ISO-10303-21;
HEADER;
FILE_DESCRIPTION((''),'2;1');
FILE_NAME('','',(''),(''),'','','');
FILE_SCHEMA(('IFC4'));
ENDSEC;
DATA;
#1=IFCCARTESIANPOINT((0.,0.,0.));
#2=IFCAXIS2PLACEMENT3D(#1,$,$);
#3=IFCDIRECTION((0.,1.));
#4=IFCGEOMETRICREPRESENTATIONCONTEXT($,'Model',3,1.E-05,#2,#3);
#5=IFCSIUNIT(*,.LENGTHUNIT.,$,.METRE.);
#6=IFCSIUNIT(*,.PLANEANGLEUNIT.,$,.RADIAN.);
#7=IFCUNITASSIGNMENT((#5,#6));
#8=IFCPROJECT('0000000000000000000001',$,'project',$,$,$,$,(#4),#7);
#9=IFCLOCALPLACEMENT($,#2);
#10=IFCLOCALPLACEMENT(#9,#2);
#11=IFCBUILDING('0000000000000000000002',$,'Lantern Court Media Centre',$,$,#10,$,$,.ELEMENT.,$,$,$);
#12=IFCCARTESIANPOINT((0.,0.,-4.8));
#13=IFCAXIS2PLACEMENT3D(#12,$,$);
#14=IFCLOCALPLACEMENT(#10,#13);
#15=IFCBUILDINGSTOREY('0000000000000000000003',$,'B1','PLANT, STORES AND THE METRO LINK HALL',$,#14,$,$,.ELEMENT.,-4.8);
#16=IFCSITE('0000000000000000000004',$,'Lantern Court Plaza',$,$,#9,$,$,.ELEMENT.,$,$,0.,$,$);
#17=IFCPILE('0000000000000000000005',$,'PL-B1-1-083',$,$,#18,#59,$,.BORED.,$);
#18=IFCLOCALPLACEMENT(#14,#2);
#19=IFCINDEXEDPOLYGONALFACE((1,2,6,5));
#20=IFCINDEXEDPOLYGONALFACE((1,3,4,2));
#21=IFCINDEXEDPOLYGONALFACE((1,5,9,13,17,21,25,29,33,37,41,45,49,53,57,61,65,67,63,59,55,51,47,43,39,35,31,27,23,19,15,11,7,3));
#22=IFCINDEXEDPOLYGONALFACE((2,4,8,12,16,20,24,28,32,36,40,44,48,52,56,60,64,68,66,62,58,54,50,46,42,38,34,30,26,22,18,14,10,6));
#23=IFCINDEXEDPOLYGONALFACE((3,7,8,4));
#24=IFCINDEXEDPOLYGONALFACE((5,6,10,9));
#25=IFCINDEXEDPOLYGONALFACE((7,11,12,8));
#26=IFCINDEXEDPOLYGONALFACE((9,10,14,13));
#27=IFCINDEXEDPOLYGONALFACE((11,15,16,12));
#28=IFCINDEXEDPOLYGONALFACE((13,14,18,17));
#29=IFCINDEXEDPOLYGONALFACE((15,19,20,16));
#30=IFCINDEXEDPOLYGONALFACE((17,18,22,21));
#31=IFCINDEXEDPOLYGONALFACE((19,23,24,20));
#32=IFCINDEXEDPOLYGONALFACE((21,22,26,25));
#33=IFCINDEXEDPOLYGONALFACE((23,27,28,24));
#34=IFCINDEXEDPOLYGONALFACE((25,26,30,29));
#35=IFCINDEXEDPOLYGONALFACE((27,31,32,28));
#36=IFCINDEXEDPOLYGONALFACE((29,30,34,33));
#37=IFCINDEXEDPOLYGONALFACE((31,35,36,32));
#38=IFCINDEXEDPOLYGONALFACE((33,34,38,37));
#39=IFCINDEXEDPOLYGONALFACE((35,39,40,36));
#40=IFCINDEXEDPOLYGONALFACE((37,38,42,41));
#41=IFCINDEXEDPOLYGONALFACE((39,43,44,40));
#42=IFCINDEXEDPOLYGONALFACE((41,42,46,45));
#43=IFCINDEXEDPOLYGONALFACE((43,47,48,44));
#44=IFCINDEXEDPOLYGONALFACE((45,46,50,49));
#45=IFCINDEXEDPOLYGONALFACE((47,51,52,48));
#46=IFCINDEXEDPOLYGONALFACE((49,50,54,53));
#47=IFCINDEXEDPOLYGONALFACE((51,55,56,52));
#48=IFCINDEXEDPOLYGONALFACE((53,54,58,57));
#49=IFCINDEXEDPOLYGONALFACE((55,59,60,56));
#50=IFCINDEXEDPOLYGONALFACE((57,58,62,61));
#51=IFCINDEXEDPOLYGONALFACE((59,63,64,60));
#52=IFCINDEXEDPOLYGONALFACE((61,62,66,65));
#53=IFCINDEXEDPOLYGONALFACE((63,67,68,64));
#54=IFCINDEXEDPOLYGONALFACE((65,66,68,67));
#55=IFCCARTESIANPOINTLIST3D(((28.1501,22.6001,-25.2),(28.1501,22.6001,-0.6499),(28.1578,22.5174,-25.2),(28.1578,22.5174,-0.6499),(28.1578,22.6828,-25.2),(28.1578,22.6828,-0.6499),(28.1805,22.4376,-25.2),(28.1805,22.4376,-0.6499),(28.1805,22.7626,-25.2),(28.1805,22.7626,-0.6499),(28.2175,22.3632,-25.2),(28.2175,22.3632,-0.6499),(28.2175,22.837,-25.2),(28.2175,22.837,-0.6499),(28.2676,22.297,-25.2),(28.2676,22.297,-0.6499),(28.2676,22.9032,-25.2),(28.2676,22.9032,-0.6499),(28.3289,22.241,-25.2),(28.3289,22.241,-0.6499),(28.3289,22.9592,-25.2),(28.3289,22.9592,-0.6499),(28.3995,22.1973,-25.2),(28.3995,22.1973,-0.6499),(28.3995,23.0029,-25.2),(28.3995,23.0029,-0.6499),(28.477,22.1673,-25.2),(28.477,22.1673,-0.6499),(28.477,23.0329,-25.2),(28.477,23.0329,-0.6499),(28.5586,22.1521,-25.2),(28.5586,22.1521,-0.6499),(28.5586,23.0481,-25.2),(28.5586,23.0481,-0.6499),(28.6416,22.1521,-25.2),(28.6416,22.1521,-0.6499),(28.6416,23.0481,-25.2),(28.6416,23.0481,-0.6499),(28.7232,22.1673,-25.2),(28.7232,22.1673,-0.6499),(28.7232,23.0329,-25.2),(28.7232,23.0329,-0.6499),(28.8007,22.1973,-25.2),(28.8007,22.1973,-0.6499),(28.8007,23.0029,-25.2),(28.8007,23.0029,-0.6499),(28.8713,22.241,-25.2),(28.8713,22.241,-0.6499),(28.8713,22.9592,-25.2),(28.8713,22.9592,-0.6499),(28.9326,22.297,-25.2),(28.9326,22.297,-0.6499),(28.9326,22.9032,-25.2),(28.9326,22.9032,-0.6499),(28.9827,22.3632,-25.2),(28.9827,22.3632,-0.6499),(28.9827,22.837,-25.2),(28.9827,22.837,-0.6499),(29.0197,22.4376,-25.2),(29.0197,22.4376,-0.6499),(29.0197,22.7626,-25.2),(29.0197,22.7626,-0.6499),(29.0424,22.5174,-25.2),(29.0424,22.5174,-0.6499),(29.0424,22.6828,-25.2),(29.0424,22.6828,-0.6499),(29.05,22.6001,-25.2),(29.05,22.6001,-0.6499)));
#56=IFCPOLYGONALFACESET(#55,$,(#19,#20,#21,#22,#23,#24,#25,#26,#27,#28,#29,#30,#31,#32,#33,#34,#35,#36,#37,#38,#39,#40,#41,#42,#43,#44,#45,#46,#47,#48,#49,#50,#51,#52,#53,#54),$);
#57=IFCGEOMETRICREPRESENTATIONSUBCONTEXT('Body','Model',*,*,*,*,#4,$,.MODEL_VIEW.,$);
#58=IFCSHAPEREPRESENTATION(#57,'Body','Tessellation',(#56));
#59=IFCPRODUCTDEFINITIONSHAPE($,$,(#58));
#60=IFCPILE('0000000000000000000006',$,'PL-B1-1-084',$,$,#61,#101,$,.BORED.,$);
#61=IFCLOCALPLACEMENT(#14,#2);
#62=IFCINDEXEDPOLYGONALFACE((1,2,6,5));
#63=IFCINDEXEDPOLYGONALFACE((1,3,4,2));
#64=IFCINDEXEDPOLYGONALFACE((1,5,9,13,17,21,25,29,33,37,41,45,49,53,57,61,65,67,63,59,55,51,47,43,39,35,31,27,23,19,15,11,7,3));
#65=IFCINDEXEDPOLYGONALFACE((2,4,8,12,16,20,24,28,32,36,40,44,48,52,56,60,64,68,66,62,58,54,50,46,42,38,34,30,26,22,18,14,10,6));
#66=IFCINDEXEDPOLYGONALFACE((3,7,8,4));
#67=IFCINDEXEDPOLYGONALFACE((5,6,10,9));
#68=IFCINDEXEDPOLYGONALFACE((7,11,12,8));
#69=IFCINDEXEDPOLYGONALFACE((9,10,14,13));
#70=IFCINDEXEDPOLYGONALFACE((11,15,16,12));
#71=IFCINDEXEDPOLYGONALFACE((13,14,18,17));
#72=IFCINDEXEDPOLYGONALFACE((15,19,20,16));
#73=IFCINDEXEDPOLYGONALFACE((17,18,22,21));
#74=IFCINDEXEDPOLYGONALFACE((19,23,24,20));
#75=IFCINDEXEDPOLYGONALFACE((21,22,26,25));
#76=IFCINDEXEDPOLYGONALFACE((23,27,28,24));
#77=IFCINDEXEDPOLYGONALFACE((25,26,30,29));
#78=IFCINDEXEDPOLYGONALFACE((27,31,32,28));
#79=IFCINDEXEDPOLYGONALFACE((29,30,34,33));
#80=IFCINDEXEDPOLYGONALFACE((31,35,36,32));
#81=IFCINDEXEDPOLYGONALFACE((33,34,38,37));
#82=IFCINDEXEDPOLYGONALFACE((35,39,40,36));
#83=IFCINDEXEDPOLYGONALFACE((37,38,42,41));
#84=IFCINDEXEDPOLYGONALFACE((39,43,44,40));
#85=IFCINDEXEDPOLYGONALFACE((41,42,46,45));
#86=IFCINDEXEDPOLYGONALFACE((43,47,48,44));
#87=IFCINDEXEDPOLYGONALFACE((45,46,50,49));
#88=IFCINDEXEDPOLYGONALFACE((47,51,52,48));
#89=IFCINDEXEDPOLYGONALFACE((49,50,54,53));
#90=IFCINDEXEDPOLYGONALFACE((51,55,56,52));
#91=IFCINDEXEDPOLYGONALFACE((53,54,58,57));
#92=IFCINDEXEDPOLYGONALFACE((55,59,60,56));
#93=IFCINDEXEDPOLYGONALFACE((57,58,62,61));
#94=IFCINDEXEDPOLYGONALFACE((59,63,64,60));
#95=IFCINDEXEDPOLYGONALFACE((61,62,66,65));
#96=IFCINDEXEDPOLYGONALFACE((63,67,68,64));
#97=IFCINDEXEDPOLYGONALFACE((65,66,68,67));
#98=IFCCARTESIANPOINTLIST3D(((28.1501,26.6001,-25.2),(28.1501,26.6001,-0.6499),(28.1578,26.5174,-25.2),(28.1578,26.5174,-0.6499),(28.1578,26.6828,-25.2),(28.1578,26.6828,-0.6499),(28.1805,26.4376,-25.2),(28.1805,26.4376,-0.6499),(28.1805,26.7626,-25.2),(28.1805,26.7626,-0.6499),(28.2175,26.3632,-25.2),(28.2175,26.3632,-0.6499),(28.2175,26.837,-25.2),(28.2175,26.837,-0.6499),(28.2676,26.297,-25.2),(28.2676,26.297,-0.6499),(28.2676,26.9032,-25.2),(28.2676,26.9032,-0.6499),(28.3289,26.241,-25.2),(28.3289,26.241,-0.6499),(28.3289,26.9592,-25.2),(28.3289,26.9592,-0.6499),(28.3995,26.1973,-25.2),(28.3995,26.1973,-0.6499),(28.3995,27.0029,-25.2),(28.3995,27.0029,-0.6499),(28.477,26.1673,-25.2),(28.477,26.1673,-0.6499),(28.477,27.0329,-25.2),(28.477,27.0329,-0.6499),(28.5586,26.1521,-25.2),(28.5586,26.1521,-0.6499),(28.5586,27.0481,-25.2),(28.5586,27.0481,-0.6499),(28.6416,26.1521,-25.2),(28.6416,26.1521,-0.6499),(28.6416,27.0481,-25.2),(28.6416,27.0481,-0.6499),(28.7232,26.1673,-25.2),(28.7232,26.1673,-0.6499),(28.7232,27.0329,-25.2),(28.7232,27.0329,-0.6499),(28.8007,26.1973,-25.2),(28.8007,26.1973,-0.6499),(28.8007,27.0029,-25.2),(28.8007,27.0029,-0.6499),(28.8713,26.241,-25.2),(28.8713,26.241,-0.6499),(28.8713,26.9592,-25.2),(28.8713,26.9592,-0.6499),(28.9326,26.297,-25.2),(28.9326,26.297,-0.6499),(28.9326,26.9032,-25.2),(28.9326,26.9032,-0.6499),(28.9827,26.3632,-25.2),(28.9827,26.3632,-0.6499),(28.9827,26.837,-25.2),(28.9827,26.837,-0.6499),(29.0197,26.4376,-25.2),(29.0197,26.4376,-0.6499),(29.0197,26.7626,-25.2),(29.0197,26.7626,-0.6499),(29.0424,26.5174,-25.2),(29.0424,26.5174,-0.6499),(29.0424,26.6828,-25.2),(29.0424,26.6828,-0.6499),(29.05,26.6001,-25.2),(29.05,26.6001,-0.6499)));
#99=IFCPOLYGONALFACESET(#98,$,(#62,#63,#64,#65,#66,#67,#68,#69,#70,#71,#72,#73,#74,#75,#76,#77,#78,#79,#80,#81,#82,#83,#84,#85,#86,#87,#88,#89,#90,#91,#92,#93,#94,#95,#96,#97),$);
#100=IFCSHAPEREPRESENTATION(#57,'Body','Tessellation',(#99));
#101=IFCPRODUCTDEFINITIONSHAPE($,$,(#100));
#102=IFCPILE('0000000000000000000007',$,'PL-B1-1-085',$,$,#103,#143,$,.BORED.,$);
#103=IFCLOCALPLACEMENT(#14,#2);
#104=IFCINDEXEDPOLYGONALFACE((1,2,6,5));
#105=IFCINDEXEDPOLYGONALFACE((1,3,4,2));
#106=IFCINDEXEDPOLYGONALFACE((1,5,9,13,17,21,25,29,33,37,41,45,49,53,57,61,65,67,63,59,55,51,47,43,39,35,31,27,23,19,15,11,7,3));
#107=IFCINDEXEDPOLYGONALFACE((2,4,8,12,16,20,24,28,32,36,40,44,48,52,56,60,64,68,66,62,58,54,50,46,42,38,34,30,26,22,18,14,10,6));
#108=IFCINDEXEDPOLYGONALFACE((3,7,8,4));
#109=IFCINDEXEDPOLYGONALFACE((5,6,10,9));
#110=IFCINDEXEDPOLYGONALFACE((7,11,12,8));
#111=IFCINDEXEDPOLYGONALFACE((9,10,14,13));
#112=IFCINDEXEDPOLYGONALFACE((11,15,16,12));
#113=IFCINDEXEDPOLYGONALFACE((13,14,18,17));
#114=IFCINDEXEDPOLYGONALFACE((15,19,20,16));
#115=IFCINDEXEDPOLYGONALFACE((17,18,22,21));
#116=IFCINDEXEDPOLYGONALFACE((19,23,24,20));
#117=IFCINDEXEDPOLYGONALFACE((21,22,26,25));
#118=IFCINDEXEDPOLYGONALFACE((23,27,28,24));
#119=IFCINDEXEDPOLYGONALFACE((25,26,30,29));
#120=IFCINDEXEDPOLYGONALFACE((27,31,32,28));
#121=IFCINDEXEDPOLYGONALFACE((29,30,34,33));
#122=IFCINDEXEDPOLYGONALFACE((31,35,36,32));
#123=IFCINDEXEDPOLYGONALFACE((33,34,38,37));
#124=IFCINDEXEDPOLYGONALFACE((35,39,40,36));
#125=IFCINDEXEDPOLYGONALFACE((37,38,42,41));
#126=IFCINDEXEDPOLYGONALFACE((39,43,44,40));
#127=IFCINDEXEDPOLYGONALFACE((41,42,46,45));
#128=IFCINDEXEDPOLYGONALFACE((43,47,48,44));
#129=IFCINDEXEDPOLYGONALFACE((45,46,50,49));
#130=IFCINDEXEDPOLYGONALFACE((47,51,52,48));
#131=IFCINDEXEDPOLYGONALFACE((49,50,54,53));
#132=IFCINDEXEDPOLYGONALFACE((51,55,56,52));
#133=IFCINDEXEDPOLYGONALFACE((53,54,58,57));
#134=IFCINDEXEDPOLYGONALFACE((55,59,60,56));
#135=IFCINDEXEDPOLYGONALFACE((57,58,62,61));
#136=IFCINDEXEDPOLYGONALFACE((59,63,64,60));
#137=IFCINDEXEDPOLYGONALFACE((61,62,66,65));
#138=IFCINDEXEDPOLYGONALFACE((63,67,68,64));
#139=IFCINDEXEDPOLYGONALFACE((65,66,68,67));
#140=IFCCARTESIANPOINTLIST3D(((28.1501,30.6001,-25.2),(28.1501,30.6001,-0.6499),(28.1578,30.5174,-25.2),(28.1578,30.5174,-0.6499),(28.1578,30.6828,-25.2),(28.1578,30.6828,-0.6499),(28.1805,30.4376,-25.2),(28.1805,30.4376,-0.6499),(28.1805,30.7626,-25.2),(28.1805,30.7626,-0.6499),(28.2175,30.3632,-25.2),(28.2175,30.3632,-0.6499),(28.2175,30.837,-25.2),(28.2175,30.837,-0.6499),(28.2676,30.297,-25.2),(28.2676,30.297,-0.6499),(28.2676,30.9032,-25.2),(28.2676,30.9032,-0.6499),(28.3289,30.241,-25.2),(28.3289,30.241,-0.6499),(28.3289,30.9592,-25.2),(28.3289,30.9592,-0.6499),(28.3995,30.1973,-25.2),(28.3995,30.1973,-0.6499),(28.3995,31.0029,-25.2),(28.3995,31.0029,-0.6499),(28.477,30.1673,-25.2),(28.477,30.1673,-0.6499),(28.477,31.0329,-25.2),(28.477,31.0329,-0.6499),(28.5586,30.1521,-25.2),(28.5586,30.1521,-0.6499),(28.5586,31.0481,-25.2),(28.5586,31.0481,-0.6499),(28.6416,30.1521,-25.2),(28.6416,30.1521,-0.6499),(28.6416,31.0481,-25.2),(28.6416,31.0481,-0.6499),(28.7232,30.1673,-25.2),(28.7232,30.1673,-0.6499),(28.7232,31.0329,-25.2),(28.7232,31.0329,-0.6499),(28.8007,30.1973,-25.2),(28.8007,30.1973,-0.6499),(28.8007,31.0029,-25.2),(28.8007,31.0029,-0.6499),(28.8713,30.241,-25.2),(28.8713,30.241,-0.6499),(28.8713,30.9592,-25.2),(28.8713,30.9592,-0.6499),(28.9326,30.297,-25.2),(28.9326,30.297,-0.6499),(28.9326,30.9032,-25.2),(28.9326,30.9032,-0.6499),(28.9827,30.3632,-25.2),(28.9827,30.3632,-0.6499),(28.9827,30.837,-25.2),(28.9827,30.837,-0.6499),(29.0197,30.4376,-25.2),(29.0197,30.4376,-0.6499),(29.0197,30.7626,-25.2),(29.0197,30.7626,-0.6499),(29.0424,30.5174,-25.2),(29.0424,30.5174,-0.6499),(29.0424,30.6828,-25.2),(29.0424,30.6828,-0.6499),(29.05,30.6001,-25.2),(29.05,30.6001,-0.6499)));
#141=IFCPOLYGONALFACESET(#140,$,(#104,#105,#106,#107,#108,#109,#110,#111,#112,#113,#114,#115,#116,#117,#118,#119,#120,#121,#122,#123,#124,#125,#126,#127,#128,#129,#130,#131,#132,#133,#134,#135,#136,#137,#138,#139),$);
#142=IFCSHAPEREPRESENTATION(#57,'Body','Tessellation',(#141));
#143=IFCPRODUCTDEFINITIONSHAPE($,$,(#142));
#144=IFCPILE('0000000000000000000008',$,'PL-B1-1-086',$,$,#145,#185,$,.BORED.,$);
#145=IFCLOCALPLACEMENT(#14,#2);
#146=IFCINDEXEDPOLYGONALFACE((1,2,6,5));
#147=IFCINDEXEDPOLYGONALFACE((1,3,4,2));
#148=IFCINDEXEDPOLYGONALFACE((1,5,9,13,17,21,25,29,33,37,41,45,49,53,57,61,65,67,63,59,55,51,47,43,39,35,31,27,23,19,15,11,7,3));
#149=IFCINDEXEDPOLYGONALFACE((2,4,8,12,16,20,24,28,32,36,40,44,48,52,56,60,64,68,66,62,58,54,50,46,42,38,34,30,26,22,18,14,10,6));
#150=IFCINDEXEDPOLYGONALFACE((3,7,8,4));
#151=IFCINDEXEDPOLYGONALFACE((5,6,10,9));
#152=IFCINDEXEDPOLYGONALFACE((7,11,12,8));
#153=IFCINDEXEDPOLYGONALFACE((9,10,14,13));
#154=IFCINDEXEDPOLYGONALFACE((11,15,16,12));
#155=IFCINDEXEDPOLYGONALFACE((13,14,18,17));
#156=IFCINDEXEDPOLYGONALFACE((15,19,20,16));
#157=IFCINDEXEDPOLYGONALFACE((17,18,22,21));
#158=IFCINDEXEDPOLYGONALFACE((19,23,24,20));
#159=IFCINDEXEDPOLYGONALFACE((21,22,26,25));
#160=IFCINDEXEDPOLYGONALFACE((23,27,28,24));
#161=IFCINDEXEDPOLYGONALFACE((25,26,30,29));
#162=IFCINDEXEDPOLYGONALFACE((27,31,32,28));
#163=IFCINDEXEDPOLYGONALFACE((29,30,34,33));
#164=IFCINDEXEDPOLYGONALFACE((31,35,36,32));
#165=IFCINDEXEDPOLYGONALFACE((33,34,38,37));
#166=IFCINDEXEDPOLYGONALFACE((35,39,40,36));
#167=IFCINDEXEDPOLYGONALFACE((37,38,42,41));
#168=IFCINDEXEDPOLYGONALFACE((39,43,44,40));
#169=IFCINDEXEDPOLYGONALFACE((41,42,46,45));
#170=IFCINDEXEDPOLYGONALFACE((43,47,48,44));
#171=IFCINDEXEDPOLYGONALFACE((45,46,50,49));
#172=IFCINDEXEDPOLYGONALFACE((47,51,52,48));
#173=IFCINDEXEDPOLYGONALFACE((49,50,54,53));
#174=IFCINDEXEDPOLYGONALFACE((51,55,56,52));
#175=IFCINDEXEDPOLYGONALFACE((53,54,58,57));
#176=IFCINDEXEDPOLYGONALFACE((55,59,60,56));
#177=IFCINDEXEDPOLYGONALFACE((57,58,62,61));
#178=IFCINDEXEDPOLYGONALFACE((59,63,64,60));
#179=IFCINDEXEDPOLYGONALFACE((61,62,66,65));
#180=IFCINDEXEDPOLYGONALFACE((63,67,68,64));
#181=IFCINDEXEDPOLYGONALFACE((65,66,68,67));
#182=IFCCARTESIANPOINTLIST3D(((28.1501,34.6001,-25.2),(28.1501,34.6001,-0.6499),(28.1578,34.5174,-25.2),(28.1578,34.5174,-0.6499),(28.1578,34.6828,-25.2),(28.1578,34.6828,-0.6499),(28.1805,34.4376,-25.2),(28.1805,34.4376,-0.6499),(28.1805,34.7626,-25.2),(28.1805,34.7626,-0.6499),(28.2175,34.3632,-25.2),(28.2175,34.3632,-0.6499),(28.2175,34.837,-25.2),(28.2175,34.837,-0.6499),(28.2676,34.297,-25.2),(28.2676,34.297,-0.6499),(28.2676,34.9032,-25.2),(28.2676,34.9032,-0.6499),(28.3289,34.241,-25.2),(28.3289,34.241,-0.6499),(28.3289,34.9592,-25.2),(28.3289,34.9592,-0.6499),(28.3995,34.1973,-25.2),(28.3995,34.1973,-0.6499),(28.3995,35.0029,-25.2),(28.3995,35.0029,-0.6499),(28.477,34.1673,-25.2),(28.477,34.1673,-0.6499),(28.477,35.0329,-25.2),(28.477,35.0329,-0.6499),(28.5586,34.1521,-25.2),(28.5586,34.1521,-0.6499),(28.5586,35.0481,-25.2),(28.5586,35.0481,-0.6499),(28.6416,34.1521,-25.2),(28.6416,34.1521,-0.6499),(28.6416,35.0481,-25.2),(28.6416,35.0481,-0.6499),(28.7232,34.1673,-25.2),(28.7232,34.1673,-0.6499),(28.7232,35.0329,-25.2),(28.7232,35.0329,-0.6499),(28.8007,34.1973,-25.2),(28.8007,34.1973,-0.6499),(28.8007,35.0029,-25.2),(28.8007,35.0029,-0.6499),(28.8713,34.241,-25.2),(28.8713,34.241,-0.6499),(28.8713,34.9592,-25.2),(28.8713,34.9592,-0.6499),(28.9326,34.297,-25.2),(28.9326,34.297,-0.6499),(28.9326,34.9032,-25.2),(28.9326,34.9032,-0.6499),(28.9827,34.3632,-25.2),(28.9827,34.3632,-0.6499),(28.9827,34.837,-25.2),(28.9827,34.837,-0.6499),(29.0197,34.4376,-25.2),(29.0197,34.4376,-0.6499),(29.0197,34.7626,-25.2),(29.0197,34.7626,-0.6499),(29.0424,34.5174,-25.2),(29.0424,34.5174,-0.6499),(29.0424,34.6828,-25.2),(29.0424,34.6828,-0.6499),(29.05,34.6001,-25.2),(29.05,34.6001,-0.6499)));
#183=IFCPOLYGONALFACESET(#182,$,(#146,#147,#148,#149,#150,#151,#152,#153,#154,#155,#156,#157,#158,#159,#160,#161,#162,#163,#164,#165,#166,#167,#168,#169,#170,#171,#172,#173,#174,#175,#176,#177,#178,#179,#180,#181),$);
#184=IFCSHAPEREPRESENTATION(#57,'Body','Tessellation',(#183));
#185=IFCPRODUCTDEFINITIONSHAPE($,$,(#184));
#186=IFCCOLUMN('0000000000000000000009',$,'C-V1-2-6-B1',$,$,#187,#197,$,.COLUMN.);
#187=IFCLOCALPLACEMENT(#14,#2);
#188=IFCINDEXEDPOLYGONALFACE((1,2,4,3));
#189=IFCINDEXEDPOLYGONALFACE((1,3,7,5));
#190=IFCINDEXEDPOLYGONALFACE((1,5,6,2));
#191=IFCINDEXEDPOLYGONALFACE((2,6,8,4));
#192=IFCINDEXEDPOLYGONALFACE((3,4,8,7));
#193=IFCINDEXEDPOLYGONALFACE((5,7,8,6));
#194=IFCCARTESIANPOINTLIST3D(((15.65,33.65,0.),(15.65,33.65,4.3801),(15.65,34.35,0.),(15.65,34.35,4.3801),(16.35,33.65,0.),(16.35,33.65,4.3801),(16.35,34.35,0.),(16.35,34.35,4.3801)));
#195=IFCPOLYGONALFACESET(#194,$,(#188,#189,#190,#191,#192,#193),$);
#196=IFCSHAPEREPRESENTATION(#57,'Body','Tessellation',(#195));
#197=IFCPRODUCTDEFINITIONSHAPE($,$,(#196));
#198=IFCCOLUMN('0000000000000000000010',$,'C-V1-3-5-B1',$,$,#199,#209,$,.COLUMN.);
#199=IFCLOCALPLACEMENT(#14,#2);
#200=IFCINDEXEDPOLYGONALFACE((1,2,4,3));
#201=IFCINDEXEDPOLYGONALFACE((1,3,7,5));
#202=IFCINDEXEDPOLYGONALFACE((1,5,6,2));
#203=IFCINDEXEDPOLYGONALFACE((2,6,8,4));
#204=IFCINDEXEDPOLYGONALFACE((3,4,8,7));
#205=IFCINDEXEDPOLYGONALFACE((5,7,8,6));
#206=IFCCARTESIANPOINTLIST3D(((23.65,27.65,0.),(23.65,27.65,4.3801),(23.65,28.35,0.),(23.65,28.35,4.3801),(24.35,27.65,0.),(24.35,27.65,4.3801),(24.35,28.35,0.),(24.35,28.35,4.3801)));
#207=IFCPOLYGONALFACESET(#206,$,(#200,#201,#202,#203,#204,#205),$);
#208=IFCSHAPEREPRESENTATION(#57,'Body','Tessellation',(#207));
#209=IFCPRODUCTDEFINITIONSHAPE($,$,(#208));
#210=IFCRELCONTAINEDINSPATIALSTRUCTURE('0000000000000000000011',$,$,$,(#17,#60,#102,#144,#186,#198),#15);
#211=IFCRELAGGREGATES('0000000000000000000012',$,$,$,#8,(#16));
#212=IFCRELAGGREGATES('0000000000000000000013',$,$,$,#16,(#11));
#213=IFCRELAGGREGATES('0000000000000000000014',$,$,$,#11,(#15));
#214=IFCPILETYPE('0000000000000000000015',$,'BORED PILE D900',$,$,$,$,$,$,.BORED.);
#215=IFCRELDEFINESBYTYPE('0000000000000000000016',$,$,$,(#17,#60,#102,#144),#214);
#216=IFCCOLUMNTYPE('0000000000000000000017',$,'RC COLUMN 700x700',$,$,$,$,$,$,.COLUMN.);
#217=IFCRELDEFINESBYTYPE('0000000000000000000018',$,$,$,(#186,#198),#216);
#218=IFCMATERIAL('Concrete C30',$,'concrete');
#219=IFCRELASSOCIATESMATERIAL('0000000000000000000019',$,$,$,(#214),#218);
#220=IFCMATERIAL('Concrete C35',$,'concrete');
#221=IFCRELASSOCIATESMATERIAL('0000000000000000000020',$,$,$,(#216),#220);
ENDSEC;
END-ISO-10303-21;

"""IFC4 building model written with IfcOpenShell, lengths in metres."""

from ifc_helpers import new_model, si_unit, direction, frame, origin, origin_2d, place, context, subcontext, project, spatial, rectangle, circle, extrude, material, material_profile, profile_set, type_object, element, save


model = new_model("IFC4")

# Units and contexts
model_context = context("Model", 3, precision=1e-05, world=origin(), true_north=direction((0.0, 1.0)))
body_context = subcontext(model_context, "Body", "Model", "MODEL_VIEW")
ifc_project = project(units=[si_unit("LENGTHUNIT", "METRE"), si_unit("PLANEANGLEUNIT", "RADIAN")], contexts=[model_context])

# Site, building, storey
site_placement = place(None, origin())
site = spatial("IfcSite", under=ifc_project, at=site_placement, Name="Lantern Court Plaza", CompositionType="ELEMENT", RefElevation=0.0)
building_placement = place(site_placement, origin())
building = spatial("IfcBuilding", under=site, at=building_placement, Name="Lantern Court Media Centre", CompositionType="ELEMENT")
storey_placement = place(building_placement, frame((0.0, 0.0, -4.8)))
storey = spatial("IfcBuildingStorey", under=building, at=storey_placement, Name="B1", Description="PLANT, STORES AND THE METRO LINK HALL", CompositionType="ELEMENT", Elevation=-4.8)

# Piles
ifc_material_1 = material(Name="Concrete C30", Category="concrete")
ifc_material_profile_1 = material_profile(ifc_material_1, circle(Radius=0.45, at=origin_2d()), Name="D900")
ifc_profile_set_1 = profile_set([ifc_material_profile_1], Name="Concrete C30")
pile_type = type_object("IfcPileType", Name="BORED PILE D900", PredefinedType="BORED", material=ifc_profile_set_1)
for number, where, z_axis, x_axis, name in (
    (1, (28.6001, 22.6001, -0.6499), (0.0, 0.0, -1.0), (1.0, 0.0, 0.0), "PL-B1-1-083"),
    (2, (28.6001, 26.6001, -0.6499), (0.0, 0.0, -1.0), (1.0, 0.0, 0.0), "PL-B1-1-084"),
    (3, (28.6001, 30.6001, -0.6499), (0.0, 0.0, -1.0), (1.0, 0.0, 0.0), "PL-B1-1-085"),
    (4, (28.6001, 34.6001, -0.6499), (0.0, 0.0, -1.0), (1.0, 0.0, 0.0), "PL-B1-1-086"),
):
    element("IfcPile", number, at=place(storey_placement, frame(where, z_axis=z_axis, x_axis=x_axis)), inside=storey, type_object=pile_type, Name=name, PredefinedType="BORED", context=body_context, shape_type="SweptSolid", body=[
        extrude(circle(Radius=0.45, at=origin_2d()), origin(), (0.0, 0.0, 1.0), 24.55),
    ])

# Columns
ifc_material_2 = material(Name="Concrete C35", Category="concrete")
ifc_material_profile_2 = material_profile(ifc_material_2, rectangle(XDim=0.7, YDim=0.7, at=origin_2d()), Name="RC 700x700")
ifc_profile_set_2 = profile_set([ifc_material_profile_2], Name="Concrete C35")
column_type = type_object("IfcColumnType", Name="RC COLUMN 700x700", PredefinedType="COLUMN", material=ifc_profile_set_2)
for number, where, z_axis, x_axis, name in (
    (5, (16.0, 34.0, 0.0), (0.0, 0.0, 1.0), (1.0, 0.0, 0.0), "C-V1-2-6-B1"),
    (6, (24.0, 28.0, 0.0), (0.0, 0.0, 1.0), (1.0, 0.0, 0.0), "C-V1-3-5-B1"),
):
    element("IfcColumn", number, at=place(storey_placement, frame(where, z_axis=z_axis, x_axis=x_axis)), inside=storey, type_object=column_type, Name=name, PredefinedType="COLUMN", context=body_context, shape_type="SweptSolid", body=[
        extrude(rectangle(XDim=0.7, YDim=0.7, at=origin_2d()), origin(), (0.0, 0.0, 1.0), 4.3801),
    ])

save(model, "model.ifc")
